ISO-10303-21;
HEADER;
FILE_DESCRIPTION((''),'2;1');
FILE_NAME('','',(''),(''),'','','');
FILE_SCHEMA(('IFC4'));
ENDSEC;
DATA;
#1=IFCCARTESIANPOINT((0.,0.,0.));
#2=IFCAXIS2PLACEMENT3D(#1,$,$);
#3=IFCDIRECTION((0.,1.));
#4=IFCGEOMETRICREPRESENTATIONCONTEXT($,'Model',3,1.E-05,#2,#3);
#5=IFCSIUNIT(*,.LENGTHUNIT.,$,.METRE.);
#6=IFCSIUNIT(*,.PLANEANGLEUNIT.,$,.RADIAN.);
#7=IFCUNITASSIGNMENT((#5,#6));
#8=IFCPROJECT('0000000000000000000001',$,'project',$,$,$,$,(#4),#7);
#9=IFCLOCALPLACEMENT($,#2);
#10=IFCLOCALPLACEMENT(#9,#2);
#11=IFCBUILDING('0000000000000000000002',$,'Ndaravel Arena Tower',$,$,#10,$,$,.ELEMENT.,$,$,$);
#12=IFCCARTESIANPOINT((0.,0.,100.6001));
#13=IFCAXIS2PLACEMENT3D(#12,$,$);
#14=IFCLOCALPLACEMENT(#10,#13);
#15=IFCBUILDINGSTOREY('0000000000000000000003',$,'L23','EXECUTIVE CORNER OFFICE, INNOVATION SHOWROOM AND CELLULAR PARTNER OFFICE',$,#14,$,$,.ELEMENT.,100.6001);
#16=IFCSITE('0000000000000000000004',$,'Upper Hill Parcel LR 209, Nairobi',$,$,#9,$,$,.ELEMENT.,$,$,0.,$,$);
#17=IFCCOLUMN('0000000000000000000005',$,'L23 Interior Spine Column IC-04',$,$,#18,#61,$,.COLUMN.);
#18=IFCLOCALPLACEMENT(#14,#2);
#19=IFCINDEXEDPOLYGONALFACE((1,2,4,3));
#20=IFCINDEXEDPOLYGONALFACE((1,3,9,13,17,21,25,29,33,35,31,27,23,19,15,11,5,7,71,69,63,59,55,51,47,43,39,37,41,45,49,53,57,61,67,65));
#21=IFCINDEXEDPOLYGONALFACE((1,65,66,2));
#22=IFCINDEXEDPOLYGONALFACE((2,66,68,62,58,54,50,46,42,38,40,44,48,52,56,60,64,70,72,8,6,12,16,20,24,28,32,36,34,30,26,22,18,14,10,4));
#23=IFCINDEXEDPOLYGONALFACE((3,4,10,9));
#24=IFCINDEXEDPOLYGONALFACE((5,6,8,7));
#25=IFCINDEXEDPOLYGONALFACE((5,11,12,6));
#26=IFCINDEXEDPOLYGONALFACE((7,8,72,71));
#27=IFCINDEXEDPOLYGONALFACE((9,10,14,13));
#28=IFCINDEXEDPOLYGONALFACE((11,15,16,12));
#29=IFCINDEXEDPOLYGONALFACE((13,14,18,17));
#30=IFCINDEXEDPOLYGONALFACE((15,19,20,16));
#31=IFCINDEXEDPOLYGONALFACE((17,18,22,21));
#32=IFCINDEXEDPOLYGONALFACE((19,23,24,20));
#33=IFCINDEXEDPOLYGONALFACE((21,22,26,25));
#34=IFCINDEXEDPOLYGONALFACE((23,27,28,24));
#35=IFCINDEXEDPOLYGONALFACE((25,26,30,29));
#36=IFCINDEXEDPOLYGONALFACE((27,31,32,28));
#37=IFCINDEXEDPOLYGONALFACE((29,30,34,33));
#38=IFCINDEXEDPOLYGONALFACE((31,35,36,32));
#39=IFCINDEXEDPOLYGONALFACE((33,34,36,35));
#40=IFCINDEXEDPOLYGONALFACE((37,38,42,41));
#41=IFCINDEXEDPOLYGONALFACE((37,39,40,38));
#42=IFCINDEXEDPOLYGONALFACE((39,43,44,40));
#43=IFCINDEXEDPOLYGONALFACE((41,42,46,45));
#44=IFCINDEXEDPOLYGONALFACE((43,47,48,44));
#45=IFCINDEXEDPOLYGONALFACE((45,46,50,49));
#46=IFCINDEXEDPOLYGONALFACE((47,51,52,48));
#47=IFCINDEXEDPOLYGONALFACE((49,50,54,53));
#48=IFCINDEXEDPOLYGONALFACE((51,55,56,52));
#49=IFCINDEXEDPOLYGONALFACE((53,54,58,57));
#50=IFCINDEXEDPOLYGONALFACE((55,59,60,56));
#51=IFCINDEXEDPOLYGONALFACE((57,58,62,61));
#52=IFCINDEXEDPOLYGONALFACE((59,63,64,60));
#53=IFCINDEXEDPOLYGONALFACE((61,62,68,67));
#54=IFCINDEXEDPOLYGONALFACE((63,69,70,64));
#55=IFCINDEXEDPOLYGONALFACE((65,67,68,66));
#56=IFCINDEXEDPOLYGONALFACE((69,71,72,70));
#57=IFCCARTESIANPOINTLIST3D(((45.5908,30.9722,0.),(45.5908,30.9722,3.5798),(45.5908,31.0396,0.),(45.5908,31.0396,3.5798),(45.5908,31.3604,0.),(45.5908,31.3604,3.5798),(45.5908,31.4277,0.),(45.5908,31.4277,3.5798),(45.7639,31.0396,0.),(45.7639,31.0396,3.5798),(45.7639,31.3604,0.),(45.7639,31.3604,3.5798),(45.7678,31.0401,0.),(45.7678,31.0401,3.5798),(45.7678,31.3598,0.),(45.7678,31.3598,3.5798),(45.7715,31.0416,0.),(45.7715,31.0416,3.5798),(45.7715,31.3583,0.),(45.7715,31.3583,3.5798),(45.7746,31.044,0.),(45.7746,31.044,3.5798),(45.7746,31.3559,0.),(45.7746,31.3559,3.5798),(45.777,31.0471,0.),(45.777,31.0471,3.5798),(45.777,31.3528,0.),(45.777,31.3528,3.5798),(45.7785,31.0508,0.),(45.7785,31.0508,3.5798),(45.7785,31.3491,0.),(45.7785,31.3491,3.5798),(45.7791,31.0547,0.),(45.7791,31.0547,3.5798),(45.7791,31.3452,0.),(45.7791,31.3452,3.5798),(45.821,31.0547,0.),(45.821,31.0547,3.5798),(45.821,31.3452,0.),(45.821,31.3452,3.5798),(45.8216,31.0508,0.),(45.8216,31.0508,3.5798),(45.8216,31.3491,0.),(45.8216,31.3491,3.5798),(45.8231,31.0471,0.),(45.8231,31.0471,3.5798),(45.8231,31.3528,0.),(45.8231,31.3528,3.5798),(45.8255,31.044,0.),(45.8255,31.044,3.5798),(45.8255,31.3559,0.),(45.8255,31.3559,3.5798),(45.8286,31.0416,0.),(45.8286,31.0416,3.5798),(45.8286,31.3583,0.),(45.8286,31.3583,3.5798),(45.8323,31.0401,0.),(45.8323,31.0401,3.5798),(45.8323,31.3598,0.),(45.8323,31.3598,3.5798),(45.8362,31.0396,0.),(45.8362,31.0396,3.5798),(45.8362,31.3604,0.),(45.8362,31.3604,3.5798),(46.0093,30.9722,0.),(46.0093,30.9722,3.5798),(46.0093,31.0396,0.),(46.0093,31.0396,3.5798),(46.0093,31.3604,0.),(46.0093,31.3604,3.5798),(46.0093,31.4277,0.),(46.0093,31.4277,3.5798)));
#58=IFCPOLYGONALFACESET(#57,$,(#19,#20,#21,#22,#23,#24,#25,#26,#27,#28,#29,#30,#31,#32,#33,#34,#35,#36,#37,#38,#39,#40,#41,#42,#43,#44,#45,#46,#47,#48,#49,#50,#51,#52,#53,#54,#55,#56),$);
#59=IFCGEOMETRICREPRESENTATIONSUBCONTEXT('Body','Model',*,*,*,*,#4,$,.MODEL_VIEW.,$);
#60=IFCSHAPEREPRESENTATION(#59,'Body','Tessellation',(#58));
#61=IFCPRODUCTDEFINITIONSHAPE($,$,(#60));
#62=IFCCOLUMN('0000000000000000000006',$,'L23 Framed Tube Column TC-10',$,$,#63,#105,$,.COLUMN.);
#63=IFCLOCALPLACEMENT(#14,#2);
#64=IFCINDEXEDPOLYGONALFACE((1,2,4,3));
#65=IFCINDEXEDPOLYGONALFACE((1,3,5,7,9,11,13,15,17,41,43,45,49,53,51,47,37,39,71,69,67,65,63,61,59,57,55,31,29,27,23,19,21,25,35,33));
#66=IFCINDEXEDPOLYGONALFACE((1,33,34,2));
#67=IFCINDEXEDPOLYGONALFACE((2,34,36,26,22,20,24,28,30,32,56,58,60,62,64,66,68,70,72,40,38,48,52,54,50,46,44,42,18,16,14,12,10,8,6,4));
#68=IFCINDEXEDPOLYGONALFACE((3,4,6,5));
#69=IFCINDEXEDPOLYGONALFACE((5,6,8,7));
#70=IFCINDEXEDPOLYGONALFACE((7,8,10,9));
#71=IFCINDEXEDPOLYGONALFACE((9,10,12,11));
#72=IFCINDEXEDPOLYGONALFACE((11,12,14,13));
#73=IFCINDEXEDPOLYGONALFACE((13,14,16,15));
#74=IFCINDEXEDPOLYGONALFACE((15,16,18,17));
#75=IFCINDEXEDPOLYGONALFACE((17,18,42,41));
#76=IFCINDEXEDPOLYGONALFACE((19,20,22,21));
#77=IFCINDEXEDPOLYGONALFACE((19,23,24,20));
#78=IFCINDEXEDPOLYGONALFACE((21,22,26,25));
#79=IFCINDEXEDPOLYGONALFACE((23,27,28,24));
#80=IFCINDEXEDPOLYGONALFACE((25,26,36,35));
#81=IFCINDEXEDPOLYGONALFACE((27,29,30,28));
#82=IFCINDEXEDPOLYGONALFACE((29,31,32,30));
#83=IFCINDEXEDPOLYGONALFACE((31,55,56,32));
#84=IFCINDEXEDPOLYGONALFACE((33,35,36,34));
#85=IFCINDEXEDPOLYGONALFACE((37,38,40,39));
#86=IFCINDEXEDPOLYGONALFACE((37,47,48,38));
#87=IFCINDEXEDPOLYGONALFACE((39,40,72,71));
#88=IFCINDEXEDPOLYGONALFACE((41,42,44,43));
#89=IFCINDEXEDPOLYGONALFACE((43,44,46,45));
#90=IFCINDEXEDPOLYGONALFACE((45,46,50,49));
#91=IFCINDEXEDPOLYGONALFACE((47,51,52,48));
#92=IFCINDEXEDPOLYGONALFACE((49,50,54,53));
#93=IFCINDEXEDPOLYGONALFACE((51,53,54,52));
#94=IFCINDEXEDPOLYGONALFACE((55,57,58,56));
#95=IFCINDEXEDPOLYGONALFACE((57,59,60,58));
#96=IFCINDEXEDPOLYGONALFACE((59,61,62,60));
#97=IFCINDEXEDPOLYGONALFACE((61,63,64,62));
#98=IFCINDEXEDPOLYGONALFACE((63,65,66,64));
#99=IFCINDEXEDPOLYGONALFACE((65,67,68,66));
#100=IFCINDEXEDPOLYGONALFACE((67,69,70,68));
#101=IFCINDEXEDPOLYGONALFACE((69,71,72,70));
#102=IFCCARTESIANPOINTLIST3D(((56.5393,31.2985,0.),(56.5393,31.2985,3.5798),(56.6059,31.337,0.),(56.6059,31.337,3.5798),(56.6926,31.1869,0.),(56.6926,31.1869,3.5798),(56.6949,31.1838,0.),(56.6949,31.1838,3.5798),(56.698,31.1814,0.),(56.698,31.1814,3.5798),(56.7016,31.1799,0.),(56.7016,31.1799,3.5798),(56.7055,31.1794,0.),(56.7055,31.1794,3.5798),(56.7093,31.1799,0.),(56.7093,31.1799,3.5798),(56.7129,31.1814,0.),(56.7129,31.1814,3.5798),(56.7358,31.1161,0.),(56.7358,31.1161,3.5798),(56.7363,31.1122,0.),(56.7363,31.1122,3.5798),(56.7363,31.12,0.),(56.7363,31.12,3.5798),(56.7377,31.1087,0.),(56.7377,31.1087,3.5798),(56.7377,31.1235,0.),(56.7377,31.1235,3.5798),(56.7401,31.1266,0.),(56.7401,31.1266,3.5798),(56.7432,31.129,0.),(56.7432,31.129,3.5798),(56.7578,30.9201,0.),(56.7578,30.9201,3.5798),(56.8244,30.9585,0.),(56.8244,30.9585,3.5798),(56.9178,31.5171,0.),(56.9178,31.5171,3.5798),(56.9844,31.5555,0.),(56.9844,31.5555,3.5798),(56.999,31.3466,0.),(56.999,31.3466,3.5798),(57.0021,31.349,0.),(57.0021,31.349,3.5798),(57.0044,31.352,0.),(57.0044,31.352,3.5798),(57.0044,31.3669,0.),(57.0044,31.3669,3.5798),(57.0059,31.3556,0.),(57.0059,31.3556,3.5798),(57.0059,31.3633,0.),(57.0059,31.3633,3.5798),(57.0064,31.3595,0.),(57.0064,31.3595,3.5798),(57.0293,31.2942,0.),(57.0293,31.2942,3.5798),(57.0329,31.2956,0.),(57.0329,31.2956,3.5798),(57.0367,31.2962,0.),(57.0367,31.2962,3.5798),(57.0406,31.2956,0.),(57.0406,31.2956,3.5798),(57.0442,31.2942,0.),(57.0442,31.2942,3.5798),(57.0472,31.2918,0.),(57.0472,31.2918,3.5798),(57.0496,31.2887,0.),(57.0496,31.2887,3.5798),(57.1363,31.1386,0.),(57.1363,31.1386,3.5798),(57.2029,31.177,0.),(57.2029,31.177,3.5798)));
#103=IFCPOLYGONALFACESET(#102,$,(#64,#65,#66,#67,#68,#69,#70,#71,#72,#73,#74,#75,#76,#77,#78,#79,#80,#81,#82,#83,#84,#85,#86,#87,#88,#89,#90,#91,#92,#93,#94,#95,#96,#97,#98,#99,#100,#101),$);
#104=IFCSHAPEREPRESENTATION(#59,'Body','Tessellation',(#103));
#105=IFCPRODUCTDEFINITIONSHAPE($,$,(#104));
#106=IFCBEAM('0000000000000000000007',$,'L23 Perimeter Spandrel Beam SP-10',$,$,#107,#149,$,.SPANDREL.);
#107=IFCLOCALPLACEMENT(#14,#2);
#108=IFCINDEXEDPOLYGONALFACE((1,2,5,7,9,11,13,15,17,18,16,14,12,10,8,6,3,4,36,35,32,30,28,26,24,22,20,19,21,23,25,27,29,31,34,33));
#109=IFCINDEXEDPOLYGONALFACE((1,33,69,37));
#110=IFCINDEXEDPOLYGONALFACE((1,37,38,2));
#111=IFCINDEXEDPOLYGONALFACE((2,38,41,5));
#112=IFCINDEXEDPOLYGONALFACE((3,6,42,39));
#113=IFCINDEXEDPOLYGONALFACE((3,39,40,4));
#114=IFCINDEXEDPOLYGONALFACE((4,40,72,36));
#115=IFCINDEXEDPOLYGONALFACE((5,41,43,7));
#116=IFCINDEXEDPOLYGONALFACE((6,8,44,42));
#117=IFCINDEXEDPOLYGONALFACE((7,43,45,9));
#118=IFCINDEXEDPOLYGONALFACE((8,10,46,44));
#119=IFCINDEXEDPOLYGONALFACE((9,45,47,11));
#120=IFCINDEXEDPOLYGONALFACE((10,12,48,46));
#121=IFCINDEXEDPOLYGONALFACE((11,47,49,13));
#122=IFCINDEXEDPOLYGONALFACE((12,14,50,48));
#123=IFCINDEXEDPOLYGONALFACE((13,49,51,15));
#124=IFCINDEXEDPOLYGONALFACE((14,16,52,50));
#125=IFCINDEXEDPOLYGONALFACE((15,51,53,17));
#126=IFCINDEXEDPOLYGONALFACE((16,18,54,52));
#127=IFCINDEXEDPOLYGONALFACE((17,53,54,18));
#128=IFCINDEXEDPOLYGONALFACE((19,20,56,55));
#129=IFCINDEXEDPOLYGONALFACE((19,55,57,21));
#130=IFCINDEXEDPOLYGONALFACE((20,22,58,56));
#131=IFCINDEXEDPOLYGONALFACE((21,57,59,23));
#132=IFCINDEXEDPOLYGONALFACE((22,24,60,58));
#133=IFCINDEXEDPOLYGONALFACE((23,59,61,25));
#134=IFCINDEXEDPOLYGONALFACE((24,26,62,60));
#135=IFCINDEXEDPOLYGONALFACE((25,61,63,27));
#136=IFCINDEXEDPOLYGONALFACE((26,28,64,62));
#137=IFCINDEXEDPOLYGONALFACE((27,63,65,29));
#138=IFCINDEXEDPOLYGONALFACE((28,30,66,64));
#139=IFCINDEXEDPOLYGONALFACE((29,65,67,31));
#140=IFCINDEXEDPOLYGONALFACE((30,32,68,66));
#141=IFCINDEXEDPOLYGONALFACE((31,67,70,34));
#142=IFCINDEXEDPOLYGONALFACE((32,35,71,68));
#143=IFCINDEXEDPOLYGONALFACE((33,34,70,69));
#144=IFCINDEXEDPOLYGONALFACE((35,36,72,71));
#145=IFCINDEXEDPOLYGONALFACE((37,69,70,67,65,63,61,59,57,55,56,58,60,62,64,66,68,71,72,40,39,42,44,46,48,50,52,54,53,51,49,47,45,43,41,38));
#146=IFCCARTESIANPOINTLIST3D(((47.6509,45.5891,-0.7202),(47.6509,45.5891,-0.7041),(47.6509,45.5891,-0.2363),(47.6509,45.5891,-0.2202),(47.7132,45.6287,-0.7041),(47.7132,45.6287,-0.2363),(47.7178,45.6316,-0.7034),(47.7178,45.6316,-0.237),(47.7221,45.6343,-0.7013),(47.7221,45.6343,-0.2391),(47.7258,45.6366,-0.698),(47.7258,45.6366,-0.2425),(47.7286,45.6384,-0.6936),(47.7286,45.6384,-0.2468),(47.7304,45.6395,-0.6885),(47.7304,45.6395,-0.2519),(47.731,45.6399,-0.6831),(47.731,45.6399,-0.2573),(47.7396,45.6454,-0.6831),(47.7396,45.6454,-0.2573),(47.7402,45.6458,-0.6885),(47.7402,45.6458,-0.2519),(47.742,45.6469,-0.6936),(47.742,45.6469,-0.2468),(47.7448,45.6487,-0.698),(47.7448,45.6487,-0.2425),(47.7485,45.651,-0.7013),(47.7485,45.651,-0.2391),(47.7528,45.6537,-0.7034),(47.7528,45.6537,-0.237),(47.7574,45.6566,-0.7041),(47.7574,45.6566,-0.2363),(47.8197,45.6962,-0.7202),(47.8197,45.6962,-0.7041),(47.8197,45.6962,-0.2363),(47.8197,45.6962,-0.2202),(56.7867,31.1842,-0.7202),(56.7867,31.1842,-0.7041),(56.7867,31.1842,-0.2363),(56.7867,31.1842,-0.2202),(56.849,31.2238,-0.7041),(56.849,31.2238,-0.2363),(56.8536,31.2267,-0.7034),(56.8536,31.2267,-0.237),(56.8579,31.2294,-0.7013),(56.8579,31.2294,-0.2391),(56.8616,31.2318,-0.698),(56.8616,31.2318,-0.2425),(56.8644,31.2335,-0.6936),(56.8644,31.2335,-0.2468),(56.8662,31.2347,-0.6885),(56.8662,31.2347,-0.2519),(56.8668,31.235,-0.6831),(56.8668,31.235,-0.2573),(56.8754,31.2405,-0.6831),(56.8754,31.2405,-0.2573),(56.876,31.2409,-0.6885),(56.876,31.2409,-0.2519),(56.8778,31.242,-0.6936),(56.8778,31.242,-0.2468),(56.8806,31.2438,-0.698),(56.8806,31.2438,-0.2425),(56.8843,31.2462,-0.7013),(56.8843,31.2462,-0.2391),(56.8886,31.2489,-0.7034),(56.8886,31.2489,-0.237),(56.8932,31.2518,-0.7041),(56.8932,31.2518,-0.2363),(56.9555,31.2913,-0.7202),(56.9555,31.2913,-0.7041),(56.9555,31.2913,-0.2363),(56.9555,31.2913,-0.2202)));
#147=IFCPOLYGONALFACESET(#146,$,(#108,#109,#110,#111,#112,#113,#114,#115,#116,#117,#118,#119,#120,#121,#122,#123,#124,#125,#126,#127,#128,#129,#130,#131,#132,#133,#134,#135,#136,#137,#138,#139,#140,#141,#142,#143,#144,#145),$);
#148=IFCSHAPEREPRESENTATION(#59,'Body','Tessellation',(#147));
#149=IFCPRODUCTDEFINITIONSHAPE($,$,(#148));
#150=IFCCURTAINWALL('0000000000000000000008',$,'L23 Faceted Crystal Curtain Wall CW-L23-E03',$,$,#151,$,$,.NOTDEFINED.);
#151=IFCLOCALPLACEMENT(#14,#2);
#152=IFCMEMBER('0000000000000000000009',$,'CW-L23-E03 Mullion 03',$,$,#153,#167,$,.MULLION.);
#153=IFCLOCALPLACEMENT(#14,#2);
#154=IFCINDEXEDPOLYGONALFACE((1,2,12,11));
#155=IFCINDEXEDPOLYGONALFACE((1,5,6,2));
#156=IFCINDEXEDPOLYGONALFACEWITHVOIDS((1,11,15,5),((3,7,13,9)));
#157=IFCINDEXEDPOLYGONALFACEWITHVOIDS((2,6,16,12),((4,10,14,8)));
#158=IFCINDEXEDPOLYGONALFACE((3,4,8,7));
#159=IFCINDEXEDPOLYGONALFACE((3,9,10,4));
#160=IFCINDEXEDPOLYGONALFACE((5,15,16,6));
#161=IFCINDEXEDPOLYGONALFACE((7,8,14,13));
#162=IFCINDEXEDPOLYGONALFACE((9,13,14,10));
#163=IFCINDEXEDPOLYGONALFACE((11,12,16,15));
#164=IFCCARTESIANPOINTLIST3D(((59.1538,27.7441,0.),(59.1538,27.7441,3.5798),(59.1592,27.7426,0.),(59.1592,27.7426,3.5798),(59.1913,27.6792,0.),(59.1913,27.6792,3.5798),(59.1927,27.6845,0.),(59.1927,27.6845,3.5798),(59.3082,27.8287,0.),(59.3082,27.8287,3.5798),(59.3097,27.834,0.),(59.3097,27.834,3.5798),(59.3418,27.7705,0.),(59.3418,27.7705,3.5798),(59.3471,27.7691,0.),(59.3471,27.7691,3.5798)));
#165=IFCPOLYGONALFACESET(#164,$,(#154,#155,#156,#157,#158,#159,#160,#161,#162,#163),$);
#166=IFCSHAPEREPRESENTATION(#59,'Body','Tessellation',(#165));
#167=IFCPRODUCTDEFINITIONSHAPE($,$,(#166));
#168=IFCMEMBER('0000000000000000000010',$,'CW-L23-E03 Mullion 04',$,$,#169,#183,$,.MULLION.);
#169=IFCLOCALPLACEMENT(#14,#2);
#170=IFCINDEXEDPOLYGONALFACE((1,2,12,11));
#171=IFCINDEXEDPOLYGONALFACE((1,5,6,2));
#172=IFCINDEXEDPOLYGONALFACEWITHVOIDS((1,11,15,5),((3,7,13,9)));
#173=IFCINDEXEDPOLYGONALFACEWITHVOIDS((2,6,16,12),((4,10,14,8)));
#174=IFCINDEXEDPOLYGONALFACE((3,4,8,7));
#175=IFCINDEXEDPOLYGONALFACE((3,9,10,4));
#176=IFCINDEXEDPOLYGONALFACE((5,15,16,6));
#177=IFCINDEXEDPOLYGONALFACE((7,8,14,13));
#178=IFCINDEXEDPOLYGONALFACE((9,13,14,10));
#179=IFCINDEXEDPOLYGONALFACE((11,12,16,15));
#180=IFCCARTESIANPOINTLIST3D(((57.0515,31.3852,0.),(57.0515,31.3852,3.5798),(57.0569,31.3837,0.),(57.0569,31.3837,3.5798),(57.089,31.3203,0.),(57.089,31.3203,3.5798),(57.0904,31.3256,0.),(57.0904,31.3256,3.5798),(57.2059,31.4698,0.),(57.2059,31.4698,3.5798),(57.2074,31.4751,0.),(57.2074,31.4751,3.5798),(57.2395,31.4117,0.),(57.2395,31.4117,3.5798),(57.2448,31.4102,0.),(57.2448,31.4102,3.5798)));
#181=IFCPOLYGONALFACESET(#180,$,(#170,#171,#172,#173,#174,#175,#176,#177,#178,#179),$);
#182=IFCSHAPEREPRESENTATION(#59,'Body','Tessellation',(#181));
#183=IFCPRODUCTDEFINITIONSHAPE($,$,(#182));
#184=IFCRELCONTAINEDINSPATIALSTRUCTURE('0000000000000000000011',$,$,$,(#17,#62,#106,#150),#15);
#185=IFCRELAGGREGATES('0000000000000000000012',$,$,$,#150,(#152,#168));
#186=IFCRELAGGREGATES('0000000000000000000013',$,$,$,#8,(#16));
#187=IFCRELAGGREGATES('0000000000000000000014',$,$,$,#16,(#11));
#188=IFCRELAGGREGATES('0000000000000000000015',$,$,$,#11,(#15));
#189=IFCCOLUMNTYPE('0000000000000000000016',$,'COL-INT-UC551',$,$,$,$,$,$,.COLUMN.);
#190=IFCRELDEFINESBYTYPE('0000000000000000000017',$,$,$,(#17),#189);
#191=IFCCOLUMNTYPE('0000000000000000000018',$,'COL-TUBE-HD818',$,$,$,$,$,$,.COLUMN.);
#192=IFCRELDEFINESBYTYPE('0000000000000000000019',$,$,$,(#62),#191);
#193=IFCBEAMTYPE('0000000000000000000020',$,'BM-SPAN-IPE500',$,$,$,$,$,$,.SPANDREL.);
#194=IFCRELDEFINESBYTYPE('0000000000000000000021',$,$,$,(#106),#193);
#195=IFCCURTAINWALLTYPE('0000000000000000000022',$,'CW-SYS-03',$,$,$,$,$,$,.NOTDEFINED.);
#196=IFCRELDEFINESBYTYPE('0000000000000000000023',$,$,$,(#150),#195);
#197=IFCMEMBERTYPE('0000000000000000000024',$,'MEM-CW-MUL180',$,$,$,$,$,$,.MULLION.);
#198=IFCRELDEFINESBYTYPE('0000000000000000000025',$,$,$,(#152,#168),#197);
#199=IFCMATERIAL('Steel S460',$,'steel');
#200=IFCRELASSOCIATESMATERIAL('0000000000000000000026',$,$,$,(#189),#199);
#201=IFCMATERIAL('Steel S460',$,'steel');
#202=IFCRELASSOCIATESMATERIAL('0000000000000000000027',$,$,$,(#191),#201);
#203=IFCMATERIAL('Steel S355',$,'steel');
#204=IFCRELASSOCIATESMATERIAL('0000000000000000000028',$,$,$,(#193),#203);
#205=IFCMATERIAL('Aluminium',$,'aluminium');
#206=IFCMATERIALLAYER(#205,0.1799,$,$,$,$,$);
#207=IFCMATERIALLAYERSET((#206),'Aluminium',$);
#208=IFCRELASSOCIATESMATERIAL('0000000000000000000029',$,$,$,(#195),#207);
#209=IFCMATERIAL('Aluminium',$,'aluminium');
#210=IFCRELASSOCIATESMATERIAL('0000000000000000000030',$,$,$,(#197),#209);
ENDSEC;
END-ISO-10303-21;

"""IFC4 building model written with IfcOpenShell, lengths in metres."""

from ifc_helpers import new_model, si_unit, direction, frame, origin, origin_2d, place, context, subcontext, project, spatial, hollow_rectangle, i_section, extrude, material, layer, layer_set, material_profile, profile_set, type_object, element, aggregate, save


model = new_model("IFC4")

# Units and contexts
model_context = context("Model", 3, precision=1e-05, world=origin(), true_north=direction((0.0, 1.0)))
body_context = subcontext(model_context, "Body", "Model", "MODEL_VIEW")
ifc_project = project(units=[si_unit("LENGTHUNIT", "METRE"), si_unit("PLANEANGLEUNIT", "RADIAN")], contexts=[model_context])

# Site, building, storey
site_placement = place(None, origin())
site = spatial("IfcSite", under=ifc_project, at=site_placement, Name="Upper Hill Parcel LR 209, Nairobi", CompositionType="ELEMENT", RefElevation=0.0)
building_placement = place(site_placement, origin())
building = spatial("IfcBuilding", under=site, at=building_placement, Name="Ndaravel Arena Tower", CompositionType="ELEMENT")
storey_placement = place(building_placement, frame((0.0, 0.0, 100.6001)))
storey = spatial("IfcBuildingStorey", under=building, at=storey_placement, Name="L23", Description="EXECUTIVE CORNER OFFICE, INNOVATION SHOWROOM AND CELLULAR PARTNER OFFICE", CompositionType="ELEMENT", Elevation=100.6001)

# Columns
ifc_material_1 = material(Name="Steel S460", Category="steel")
ifc_material_profile_1 = material_profile(ifc_material_1, i_section(OverallWidth=0.4185, OverallDepth=0.4556, WebThickness=0.042, FlangeThickness=0.0674, FilletRadius=0.0151, at=origin_2d()), Name="UC 356x406x551")
ifc_profile_set_1 = profile_set([ifc_material_profile_1], Name="Steel S460")
column_type_1 = type_object("IfcColumnType", Name="COL-INT-UC551", PredefinedType="COLUMN", material=ifc_profile_set_1)
column_1_placement = place(storey_placement, frame((45.8, 31.2, 0.0), z_axis=(0.0, 0.0, 1.0), x_axis=(1.0, 0.0, 0.0)))
element("IfcColumn", 1, at=column_1_placement, inside=storey, type_object=column_type_1, Name="L23 Interior Spine Column IC-04", PredefinedType="COLUMN", context=body_context, shape_type="SweptSolid", body=[
    extrude(i_section(OverallWidth=0.4185, OverallDepth=0.4556, WebThickness=0.042, FlangeThickness=0.0674, FilletRadius=0.0151, at=origin_2d()), origin(), (0.0, 0.0, 1.0), 3.5798),
])
ifc_material_2 = material(Name="Steel S460", Category="steel")
ifc_material_profile_2 = material_profile(ifc_material_2, i_section(OverallWidth=0.437, OverallDepth=0.5139, WebThickness=0.0605, FlangeThickness=0.0769, FilletRadius=0.0149, at=origin_2d()), Name="HD 400x818")
ifc_profile_set_2 = profile_set([ifc_material_profile_2], Name="Steel S460")
column_type_2 = type_object("IfcColumnType", Name="COL-TUBE-HD818", PredefinedType="COLUMN", material=ifc_profile_set_2)
column_2_placement = place(storey_placement, frame((56.8711, 31.2378, 0.0), z_axis=(0.0, 0.0, 1.0), x_axis=(-0.5, 0.866025, 0.0)))
element("IfcColumn", 2, at=column_2_placement, inside=storey, type_object=column_type_2, Name="L23 Framed Tube Column TC-10", PredefinedType="COLUMN", context=body_context, shape_type="SweptSolid", body=[
    extrude(i_section(OverallWidth=0.437, OverallDepth=0.5139, WebThickness=0.0605, FlangeThickness=0.0769, FilletRadius=0.0149, at=origin_2d()), origin(), (0.0, 0.0, 1.0), 3.5798),
])

# Beam
ifc_material_3 = material(Name="Steel S355", Category="steel")
ifc_material_profile_3 = material_profile(ifc_material_3, i_section(OverallWidth=0.2, OverallDepth=0.5, WebThickness=0.0103, FlangeThickness=0.0161, FilletRadius=0.021, at=origin_2d()), Name="IPE 500")
ifc_profile_set_3 = profile_set([ifc_material_profile_3], Name="Steel S355")
beam_type = type_object("IfcBeamType", Name="BM-SPAN-IPE500", PredefinedType="SPANDREL", material=ifc_profile_set_3)
beam_placement = place(storey_placement, frame((56.8711, 31.2378, -0.4702), z_axis=(-0.535584, 0.844482, 0.0), x_axis=(-0.844482, -0.535584, 0.0)))
element("IfcBeam", 3, at=beam_placement, inside=storey, type_object=beam_type, Name="L23 Perimeter Spandrel Beam SP-10", PredefinedType="SPANDREL", context=body_context, shape_type="SweptSolid", body=[
    extrude(i_section(OverallWidth=0.2, OverallDepth=0.5, WebThickness=0.0103, FlangeThickness=0.0161, FilletRadius=0.021, at=origin_2d()), origin(), (0.0, 0.0, 1.0), 17.0576),
])

# Curtain wall, members
ifc_material_4 = material(Name="Aluminium", Category="aluminium")
ifc_layer_1 = layer(ifc_material_4, 0.1799)
ifc_layer_set_1 = layer_set([ifc_layer_1], Name="Aluminium")
curtain_wall_type = type_object("IfcCurtainWallType", Name="CW-SYS-03", PredefinedType="NOTDEFINED", material=ifc_layer_set_1)
curtain_wall_placement = place(storey_placement, origin())
curtain_wall = element("IfcCurtainWall", 4, at=curtain_wall_placement, inside=storey, type_object=curtain_wall_type, Name="L23 Faceted Crystal Curtain Wall CW-L23-E03", PredefinedType="NOTDEFINED")
ifc_material_5 = material(Name="Aluminium", Category="aluminium")
ifc_material_profile_4 = material_profile(ifc_material_5, hollow_rectangle(XDim=0.075, YDim=0.1799, WallThickness=0.0039, at=origin_2d()), Name="CW MULLION 75x180x4")
ifc_profile_set_4 = profile_set([ifc_material_profile_4], Name="Aluminium")
member_type = type_object("IfcMemberType", Name="MEM-CW-MUL180", PredefinedType="MULLION", material=ifc_profile_set_4)
member_1_placement = place(storey_placement, frame((59.2505, 27.7566, 0.0), z_axis=(0.0, 0.0, 1.0), x_axis=(-0.5, 0.866025, 0.0)))
member_1 = element("IfcMember", 5, at=member_1_placement, type_object=member_type, Name="CW-L23-E03 Mullion 03", PredefinedType="MULLION", context=body_context, shape_type="SweptSolid", body=[
    extrude(hollow_rectangle(XDim=0.075, YDim=0.1799, WallThickness=0.0039, at=origin_2d()), origin(), (0.0, 0.0, 1.0), 3.5798),
])
member_2_placement = place(storey_placement, frame((57.1482, 31.3977, 0.0), z_axis=(0.0, 0.0, 1.0), x_axis=(-0.5, 0.866025, 0.0)))
member_2 = element("IfcMember", 6, at=member_2_placement, type_object=member_type, Name="CW-L23-E03 Mullion 04", PredefinedType="MULLION", context=body_context, shape_type="SweptSolid", body=[
    extrude(hollow_rectangle(XDim=0.075, YDim=0.1799, WallThickness=0.0039, at=origin_2d()), origin(), (0.0, 0.0, 1.0), 3.5798),
])
aggregate(curtain_wall, [member_1, member_2])

save(model, "model.ifc")
